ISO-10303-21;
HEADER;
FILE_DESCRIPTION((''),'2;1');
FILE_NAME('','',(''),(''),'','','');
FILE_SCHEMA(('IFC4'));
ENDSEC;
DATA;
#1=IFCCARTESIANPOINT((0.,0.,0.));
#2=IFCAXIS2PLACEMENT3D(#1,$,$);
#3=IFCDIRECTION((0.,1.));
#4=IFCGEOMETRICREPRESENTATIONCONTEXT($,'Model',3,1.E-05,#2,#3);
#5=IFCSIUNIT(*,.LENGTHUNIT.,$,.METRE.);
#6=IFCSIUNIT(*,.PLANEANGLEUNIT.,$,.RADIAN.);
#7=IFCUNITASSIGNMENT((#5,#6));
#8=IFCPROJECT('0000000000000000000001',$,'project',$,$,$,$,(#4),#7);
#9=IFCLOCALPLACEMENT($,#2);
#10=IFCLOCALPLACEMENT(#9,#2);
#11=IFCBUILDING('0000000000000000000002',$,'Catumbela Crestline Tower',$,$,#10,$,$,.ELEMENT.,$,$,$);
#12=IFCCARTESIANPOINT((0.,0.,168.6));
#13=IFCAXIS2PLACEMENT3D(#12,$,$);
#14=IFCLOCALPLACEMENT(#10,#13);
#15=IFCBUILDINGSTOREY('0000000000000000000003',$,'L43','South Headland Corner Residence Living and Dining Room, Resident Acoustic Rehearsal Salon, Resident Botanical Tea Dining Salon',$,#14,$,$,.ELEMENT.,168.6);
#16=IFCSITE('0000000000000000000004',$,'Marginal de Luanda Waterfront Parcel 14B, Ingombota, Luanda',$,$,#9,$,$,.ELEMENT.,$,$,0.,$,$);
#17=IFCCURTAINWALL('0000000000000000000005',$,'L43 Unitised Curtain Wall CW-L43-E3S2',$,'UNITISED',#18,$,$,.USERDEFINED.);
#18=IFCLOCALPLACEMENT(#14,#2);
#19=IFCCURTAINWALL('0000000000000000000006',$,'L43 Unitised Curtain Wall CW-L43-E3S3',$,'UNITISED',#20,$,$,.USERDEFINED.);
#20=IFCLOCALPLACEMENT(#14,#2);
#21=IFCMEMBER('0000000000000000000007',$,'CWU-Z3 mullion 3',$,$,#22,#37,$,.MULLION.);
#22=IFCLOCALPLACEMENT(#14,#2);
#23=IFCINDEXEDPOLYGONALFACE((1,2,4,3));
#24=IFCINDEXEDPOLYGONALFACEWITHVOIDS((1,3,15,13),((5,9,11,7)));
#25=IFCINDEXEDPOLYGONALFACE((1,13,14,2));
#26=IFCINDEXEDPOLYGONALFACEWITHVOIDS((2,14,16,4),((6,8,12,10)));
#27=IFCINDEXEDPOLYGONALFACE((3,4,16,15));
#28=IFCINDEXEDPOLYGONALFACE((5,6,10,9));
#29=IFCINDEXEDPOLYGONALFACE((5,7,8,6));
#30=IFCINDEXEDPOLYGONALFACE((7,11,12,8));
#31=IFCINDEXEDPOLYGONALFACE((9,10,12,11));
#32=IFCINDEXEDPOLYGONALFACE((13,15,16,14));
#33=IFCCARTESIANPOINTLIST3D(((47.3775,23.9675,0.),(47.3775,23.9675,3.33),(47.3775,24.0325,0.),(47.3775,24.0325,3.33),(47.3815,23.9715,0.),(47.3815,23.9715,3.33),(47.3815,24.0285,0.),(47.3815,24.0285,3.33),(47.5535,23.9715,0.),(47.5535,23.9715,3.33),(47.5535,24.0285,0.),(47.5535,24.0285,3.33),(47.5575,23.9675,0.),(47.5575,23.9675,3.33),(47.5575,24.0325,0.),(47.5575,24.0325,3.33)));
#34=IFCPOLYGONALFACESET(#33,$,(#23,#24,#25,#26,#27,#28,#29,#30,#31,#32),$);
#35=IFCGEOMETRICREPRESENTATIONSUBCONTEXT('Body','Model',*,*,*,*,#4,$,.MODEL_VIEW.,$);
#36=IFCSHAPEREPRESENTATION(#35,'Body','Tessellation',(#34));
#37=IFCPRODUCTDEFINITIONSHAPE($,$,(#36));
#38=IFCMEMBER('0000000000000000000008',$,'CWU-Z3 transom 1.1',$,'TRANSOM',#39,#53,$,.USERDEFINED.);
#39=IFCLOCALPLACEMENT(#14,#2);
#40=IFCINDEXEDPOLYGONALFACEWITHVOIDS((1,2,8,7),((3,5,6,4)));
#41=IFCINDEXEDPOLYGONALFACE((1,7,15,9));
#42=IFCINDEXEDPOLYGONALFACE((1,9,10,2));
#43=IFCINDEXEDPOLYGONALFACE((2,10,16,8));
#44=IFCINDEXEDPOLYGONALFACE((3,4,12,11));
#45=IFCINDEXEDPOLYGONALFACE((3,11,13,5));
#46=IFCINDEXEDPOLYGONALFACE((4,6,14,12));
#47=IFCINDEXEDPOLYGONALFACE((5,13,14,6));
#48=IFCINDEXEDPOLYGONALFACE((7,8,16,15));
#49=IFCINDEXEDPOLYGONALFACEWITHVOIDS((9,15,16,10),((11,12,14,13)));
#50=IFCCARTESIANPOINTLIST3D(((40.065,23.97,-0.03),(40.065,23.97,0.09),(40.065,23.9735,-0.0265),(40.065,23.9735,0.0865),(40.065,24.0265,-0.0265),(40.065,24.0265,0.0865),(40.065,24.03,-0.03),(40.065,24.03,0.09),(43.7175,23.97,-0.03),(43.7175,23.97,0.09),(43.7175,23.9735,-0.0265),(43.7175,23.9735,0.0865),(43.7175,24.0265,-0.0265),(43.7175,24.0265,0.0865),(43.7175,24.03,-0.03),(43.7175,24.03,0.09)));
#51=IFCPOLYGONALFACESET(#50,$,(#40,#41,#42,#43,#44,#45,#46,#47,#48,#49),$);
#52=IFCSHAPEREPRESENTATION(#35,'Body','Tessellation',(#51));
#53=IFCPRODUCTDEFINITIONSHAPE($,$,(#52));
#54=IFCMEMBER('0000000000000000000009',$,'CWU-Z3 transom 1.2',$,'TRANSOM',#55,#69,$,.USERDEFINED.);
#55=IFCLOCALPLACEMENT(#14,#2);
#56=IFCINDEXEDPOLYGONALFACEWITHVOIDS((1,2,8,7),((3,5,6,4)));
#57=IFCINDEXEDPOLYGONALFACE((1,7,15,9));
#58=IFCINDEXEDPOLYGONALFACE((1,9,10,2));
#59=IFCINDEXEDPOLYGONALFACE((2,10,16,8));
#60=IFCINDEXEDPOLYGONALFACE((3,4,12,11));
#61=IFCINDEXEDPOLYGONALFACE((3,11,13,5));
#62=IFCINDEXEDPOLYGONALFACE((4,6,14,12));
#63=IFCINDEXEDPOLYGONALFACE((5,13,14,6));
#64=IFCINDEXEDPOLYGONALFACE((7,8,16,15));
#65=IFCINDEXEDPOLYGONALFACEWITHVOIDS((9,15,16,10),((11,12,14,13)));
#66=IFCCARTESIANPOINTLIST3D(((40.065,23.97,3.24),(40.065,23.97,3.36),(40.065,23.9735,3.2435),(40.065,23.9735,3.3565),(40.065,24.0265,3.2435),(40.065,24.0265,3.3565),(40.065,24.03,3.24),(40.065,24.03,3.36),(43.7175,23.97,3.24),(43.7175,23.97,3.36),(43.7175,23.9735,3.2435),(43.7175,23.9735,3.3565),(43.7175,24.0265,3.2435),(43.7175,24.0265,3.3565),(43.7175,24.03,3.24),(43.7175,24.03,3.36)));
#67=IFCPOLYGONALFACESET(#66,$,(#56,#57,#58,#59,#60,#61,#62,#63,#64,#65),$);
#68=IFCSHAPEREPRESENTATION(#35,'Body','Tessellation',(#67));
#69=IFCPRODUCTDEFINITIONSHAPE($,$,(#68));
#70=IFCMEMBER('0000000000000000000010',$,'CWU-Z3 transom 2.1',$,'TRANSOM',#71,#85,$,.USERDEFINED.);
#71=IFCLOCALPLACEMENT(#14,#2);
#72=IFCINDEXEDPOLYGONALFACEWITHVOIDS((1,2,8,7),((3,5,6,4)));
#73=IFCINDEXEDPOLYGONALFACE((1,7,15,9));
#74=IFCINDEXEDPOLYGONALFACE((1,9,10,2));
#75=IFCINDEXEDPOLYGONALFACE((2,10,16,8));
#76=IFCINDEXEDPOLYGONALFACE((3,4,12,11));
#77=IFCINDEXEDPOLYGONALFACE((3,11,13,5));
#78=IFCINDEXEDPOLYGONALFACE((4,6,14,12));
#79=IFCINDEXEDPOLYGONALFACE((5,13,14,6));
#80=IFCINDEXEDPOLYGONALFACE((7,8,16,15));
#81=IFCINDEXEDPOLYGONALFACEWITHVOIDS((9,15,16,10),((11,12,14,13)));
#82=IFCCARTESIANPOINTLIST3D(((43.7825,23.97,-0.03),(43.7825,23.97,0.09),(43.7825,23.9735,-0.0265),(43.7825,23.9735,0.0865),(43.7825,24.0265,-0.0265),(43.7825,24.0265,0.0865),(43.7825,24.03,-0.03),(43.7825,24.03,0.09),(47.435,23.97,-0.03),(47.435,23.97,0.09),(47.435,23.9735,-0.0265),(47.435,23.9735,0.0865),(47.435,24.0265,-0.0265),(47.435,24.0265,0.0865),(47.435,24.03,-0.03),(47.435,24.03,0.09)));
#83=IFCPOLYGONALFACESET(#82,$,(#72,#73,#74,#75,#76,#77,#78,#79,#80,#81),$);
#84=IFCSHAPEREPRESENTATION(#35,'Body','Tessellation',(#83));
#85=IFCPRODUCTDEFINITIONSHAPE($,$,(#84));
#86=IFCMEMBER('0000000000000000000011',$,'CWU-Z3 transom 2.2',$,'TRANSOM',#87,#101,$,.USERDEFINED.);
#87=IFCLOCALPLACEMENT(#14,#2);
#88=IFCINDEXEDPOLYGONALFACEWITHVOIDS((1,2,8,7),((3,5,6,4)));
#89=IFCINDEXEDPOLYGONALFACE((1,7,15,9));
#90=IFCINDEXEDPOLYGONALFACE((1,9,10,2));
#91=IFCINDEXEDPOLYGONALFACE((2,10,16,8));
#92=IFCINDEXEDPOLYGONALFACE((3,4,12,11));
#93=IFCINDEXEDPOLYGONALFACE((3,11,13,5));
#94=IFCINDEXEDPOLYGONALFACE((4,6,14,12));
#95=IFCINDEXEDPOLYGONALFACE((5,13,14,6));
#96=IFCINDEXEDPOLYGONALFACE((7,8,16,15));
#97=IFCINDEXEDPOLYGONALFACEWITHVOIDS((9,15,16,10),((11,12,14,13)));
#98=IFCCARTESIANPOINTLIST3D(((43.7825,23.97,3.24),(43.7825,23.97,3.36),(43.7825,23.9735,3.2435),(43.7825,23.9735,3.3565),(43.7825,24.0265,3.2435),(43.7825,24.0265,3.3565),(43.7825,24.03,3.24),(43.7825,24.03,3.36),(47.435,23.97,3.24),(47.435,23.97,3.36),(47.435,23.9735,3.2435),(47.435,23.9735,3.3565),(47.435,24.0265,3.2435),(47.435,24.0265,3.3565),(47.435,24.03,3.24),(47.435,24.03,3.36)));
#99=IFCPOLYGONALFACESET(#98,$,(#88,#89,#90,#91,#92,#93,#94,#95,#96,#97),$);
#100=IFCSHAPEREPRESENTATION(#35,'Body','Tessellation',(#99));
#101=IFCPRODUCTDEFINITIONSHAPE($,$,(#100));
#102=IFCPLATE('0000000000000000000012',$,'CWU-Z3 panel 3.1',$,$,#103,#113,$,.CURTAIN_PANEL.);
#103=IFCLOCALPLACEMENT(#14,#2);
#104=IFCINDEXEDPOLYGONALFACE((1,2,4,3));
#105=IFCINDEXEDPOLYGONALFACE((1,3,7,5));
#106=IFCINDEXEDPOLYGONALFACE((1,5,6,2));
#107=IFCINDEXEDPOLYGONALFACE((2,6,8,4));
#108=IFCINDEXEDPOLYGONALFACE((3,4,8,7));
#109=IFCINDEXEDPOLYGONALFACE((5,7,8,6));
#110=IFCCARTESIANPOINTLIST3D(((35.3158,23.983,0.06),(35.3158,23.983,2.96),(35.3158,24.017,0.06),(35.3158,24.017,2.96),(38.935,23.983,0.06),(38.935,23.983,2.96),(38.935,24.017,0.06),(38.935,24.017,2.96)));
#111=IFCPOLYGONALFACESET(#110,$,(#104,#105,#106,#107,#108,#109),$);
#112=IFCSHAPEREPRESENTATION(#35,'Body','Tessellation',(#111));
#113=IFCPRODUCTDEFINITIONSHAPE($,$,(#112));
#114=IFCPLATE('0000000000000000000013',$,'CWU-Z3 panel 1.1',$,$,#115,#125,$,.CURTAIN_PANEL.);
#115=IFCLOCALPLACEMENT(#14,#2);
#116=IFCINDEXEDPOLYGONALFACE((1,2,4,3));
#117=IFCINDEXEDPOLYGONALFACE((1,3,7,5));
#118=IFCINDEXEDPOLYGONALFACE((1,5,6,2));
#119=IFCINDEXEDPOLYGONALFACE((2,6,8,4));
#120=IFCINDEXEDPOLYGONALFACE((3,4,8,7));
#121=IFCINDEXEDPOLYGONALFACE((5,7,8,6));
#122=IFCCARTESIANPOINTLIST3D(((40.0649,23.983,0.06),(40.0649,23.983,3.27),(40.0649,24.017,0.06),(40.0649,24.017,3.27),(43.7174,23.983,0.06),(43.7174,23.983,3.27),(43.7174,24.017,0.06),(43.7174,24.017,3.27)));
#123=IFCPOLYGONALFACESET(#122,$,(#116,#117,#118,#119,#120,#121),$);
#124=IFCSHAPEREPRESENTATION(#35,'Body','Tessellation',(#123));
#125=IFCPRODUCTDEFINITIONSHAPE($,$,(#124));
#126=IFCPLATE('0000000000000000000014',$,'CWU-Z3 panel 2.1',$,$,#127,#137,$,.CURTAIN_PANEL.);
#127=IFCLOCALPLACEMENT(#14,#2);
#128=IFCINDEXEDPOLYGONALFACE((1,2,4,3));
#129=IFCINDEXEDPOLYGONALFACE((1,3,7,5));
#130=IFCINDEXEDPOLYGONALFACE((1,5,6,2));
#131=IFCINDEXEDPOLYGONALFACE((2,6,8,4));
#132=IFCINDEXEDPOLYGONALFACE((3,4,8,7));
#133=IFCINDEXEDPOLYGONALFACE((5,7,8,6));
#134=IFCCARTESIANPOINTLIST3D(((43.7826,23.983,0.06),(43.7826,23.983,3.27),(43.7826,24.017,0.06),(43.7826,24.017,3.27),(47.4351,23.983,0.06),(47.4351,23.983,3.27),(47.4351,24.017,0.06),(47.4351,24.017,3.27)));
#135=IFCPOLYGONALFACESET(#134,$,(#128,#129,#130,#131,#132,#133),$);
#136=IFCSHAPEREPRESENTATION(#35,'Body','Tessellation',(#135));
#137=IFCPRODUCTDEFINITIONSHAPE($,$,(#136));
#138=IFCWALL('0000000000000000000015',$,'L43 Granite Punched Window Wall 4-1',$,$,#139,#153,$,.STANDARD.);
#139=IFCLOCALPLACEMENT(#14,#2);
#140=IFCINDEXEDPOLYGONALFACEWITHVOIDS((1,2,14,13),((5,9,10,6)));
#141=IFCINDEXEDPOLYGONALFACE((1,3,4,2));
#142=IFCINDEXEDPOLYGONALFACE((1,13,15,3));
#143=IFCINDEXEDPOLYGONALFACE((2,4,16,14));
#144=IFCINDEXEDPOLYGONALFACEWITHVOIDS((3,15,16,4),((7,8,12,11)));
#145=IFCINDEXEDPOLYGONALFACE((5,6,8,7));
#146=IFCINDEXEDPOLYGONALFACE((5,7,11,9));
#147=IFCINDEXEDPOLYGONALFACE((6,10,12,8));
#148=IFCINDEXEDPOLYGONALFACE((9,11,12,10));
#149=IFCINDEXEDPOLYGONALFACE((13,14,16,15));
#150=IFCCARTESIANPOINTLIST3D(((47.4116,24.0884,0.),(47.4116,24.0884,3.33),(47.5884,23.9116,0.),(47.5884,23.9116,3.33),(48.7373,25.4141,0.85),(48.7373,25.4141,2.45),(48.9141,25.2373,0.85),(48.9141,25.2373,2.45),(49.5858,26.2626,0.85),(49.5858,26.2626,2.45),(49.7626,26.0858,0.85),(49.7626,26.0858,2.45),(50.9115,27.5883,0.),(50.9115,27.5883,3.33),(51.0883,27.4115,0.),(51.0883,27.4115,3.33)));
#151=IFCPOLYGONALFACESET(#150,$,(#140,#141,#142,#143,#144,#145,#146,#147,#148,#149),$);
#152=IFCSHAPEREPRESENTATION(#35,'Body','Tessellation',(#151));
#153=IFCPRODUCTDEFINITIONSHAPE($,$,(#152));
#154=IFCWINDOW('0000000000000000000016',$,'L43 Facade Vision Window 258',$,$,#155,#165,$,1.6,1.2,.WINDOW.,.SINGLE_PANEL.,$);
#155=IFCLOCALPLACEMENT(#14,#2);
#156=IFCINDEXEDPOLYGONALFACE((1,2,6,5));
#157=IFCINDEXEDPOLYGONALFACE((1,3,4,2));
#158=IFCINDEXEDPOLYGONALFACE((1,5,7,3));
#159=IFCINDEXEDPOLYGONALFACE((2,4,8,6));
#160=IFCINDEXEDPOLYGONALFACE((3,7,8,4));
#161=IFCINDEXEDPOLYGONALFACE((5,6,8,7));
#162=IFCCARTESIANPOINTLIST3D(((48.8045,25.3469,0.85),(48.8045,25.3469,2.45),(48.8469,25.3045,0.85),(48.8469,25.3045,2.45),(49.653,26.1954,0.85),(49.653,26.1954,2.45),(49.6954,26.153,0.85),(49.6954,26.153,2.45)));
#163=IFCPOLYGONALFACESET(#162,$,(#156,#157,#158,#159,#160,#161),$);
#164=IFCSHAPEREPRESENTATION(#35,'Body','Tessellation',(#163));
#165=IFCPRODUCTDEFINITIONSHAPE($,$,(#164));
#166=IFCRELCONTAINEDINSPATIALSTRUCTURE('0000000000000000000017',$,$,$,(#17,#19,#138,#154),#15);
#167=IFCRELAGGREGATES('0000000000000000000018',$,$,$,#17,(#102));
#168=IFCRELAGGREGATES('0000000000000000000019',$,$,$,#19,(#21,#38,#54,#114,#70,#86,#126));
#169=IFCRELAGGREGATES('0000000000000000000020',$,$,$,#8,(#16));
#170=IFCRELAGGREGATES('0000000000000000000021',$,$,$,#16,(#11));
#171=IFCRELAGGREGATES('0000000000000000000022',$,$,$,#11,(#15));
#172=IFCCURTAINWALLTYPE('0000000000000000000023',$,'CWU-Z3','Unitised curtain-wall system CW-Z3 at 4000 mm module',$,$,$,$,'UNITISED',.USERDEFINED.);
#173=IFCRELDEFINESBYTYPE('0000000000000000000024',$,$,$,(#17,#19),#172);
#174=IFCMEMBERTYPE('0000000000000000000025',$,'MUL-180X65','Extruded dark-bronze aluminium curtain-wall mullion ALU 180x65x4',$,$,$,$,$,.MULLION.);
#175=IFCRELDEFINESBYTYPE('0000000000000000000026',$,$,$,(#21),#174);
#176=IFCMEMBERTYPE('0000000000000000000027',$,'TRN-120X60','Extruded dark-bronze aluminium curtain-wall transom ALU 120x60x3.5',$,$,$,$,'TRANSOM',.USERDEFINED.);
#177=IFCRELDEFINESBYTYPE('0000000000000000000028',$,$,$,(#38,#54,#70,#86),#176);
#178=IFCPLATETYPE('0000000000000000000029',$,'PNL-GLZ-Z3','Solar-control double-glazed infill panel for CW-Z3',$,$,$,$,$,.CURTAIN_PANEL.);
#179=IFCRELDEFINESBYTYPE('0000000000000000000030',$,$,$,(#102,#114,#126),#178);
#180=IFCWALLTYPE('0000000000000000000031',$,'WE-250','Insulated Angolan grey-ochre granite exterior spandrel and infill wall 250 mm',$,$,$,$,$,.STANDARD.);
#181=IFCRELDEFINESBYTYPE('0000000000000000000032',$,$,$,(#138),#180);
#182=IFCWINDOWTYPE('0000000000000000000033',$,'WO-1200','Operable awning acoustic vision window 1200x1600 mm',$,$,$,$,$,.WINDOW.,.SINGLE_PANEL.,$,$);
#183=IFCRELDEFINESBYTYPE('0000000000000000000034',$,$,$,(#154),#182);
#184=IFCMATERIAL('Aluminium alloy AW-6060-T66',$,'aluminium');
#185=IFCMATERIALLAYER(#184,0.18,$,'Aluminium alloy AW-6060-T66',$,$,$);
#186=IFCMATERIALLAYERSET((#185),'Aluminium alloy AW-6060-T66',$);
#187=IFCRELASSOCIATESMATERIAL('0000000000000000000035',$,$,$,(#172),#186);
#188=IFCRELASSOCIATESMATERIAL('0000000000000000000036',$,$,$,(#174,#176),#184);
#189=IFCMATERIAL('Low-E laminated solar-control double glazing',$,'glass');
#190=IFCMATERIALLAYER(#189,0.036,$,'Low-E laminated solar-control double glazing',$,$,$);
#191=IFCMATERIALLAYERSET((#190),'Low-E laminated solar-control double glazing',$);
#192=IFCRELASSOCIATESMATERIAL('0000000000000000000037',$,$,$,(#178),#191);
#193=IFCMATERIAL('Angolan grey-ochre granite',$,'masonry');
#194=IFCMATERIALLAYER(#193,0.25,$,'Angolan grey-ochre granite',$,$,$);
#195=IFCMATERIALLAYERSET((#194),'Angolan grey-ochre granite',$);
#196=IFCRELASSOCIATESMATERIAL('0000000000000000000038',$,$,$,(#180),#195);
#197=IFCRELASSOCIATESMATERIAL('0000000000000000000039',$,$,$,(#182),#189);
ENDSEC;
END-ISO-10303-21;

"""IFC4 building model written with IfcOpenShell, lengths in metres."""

from ifc_helpers import new_model, si_unit, direction, frame, frame_2d, origin, origin_2d, place, context, subcontext, project, spatial, rectangle, hollow_rectangle, extrude, material, layer, layer_set, material_profile, profile_set, type_object, element, fill, aggregate, save


model = new_model("IFC4")

# Units and contexts
model_context = context("Model", 3, precision=1e-05, world=origin(), true_north=direction((0.0, 1.0)))
body_context = subcontext(model_context, "Body", "Model", "MODEL_VIEW")
ifc_project = project(units=[si_unit("LENGTHUNIT", "METRE"), si_unit("PLANEANGLEUNIT", "RADIAN")], contexts=[model_context])

# Site, building, storey
site_placement = place(None, origin())
site = spatial("IfcSite", under=ifc_project, at=site_placement, Name="Marginal de Luanda Waterfront Parcel 14B, Ingombota, Luanda", CompositionType="ELEMENT", RefElevation=0.0)
building_placement = place(site_placement, origin())
building = spatial("IfcBuilding", under=site, at=building_placement, Name="Catumbela Crestline Tower", CompositionType="ELEMENT")
storey_placement = place(building_placement, frame((0.0, 0.0, 168.6)))
storey = spatial("IfcBuildingStorey", under=building, at=storey_placement, Name="L43", Description="South Headland Corner Residence Living and Dining Room, Resident Acoustic Rehearsal Salon, Resident Botanical Tea Dining Salon", CompositionType="ELEMENT", Elevation=168.6)

# Curtain wall
ifc_material_1 = material(Name="Aluminium alloy AW-6060-T66", Category="aluminium")
ifc_layer_1 = layer(ifc_material_1, 0.18, Name="Aluminium alloy AW-6060-T66")
ifc_layer_set_1 = layer_set([ifc_layer_1], Name="Aluminium alloy AW-6060-T66")
curtain_wall_type = type_object("IfcCurtainWallType", Name="CWU-Z3", Description="Unitised curtain-wall system CW-Z3 at 4000 mm module", ElementType="UNITISED", PredefinedType="USERDEFINED", material=ifc_layer_set_1)
curtain_wall_1_placement = place(storey_placement, origin())
curtain_wall_1 = element("IfcCurtainWall", 1, at=curtain_wall_1_placement, inside=storey, type_object=curtain_wall_type, Name="L43 Unitised Curtain Wall CW-L43-E3S2", ObjectType="UNITISED", PredefinedType="USERDEFINED")
ifc_material_profile_1 = material_profile(ifc_material_1, hollow_rectangle(XDim=0.065, YDim=0.18, WallThickness=0.004, at=origin_2d()), Name="ALU 180x65x4")
ifc_profile_set_1 = profile_set([ifc_material_profile_1], Name="Aluminium alloy AW-6060-T66")
member_type_1 = type_object("IfcMemberType", Name="MUL-180X65", Description="Extruded dark-bronze aluminium curtain-wall mullion ALU 180x65x4", PredefinedType="MULLION", material=ifc_profile_set_1)

# Curtain wall, members
curtain_wall_2_placement = place(storey_placement, origin())
curtain_wall_2 = element("IfcCurtainWall", 2, at=curtain_wall_2_placement, inside=storey, type_object=curtain_wall_type, Name="L43 Unitised Curtain Wall CW-L43-E3S3", ObjectType="UNITISED", PredefinedType="USERDEFINED")
member_1_placement = place(storey_placement, frame((47.4675, 24.0, 0.0), z_axis=(0.0, 0.0, 1.0), x_axis=(0.0, 1.0, 0.0)))
member_1 = element("IfcMember", 3, at=member_1_placement, type_object=member_type_1, Name="CWU-Z3 mullion 3", PredefinedType="MULLION", context=body_context, shape_type="SweptSolid", body=[
    extrude(hollow_rectangle(XDim=0.065, YDim=0.18, WallThickness=0.004, at=origin_2d()), origin(), (0.0, 0.0, 1.0), 3.33),
])
ifc_material_profile_2 = material_profile(ifc_material_1, hollow_rectangle(XDim=0.06, YDim=0.12, WallThickness=0.0035, at=origin_2d()), Name="ALU 120x60x3.5")
ifc_profile_set_2 = profile_set([ifc_material_profile_2], Name="Aluminium alloy AW-6060-T66")
member_type_2 = type_object("IfcMemberType", Name="TRN-120X60", Description="Extruded dark-bronze aluminium curtain-wall transom ALU 120x60x3.5", ElementType="TRANSOM", PredefinedType="USERDEFINED", material=ifc_profile_set_2)
member_2_placement = place(storey_placement, frame((40.065, 24.0, 0.03), z_axis=(1.0, 0.0, 0.0), x_axis=(0.0, 1.0, 0.0)))
member_2 = element("IfcMember", 4, at=member_2_placement, type_object=member_type_2, Name="CWU-Z3 transom 1.1", ObjectType="TRANSOM", PredefinedType="USERDEFINED", context=body_context, shape_type="SweptSolid", body=[
    extrude(hollow_rectangle(XDim=0.06, YDim=0.12, WallThickness=0.0035, at=origin_2d()), origin(), (0.0, 0.0, 1.0), 3.6525),
])
member_3_placement = place(storey_placement, frame((40.065, 24.0, 3.3), z_axis=(1.0, 0.0, 0.0), x_axis=(0.0, 1.0, 0.0)))
member_3 = element("IfcMember", 5, at=member_3_placement, type_object=member_type_2, Name="CWU-Z3 transom 1.2", ObjectType="TRANSOM", PredefinedType="USERDEFINED", context=body_context, shape_type="SweptSolid", body=[
    extrude(hollow_rectangle(XDim=0.06, YDim=0.12, WallThickness=0.0035, at=origin_2d()), origin(), (0.0, 0.0, 1.0), 3.6525),
])
member_4_placement = place(storey_placement, frame((43.7825, 24.0, 0.03), z_axis=(1.0, 0.0, 0.0), x_axis=(0.0, 1.0, 0.0)))
member_4 = element("IfcMember", 6, at=member_4_placement, type_object=member_type_2, Name="CWU-Z3 transom 2.1", ObjectType="TRANSOM", PredefinedType="USERDEFINED", context=body_context, shape_type="SweptSolid", body=[
    extrude(hollow_rectangle(XDim=0.06, YDim=0.12, WallThickness=0.0035, at=origin_2d()), origin(), (0.0, 0.0, 1.0), 3.6525),
])
member_5_placement = place(storey_placement, frame((43.7825, 24.0, 3.3), z_axis=(1.0, 0.0, 0.0), x_axis=(0.0, 1.0, 0.0)))
member_5 = element("IfcMember", 7, at=member_5_placement, type_object=member_type_2, Name="CWU-Z3 transom 2.2", ObjectType="TRANSOM", PredefinedType="USERDEFINED", context=body_context, shape_type="SweptSolid", body=[
    extrude(hollow_rectangle(XDim=0.06, YDim=0.12, WallThickness=0.0035, at=origin_2d()), origin(), (0.0, 0.0, 1.0), 3.6525),
])

# Plates
ifc_material_2 = material(Name="Low-E laminated solar-control double glazing", Category="glass")
ifc_layer_2 = layer(ifc_material_2, 0.036, Name="Low-E laminated solar-control double glazing")
ifc_layer_set_2 = layer_set([ifc_layer_2], Name="Low-E laminated solar-control double glazing")
plate_type = type_object("IfcPlateType", Name="PNL-GLZ-Z3", Description="Solar-control double-glazed infill panel for CW-Z3", PredefinedType="CURTAIN_PANEL", material=ifc_layer_set_2)
plate_1_placement = place(storey_placement, frame((37.1254, 24.0, 0.06), z_axis=(0.0, 0.0, 1.0), x_axis=(1.0, 0.0, 0.0)))
plate_1 = element("IfcPlate", 8, at=plate_1_placement, type_object=plate_type, Name="CWU-Z3 panel 3.1", PredefinedType="CURTAIN_PANEL", context=body_context, shape_type="SweptSolid", body=[
    extrude(rectangle(XDim=3.6192, YDim=0.034, at=origin_2d()), origin(), (0.0, 0.0, 1.0), 2.9),
])
aggregate(curtain_wall_1, [plate_1])
plate_2_placement = place(storey_placement, frame((41.8912, 24.0, 0.06), z_axis=(0.0, 0.0, 1.0), x_axis=(1.0, 0.0, 0.0)))
plate_2 = element("IfcPlate", 9, at=plate_2_placement, type_object=plate_type, Name="CWU-Z3 panel 1.1", PredefinedType="CURTAIN_PANEL", context=body_context, shape_type="SweptSolid", body=[
    extrude(rectangle(XDim=3.6525, YDim=0.034, at=origin_2d()), origin(), (0.0, 0.0, 1.0), 3.21),
])
plate_3_placement = place(storey_placement, frame((45.6088, 24.0, 0.06), z_axis=(0.0, 0.0, 1.0), x_axis=(1.0, 0.0, 0.0)))
plate_3 = element("IfcPlate", 10, at=plate_3_placement, type_object=plate_type, Name="CWU-Z3 panel 2.1", PredefinedType="CURTAIN_PANEL", context=body_context, shape_type="SweptSolid", body=[
    extrude(rectangle(XDim=3.6525, YDim=0.034, at=origin_2d()), origin(), (0.0, 0.0, 1.0), 3.21),
])
aggregate(curtain_wall_2, [member_1, member_2, member_3, plate_2, member_4, member_5, plate_3])

# Wall, opening, window
ifc_material_3 = material(Name="Angolan grey-ochre granite", Category="masonry")
ifc_layer_3 = layer(ifc_material_3, 0.25, Name="Angolan grey-ochre granite")
ifc_layer_set_3 = layer_set([ifc_layer_3], Name="Angolan grey-ochre granite")
wall_type = type_object("IfcWallType", Name="WE-250", Description="Insulated Angolan grey-ochre granite exterior spandrel and infill wall 250 mm", PredefinedType="STANDARD", material=ifc_layer_set_3)
wall_1_placement = place(storey_placement, frame((47.5, 24.0, 0.0), z_axis=(0.0, 0.0, 1.0), x_axis=(0.707107, 0.707107, 0.0)))
wall_1 = element("IfcWall", 11, at=wall_1_placement, inside=storey, type_object=wall_type, Name="L43 Granite Punched Window Wall 4-1", PredefinedType="STANDARD", context=body_context, shape_type="SweptSolid", body=[
    extrude(rectangle(XDim=4.9497, YDim=0.25, at=frame_2d((2.4748, 0.0))), origin(), (0.0, 0.0, 1.0), 3.33),
])
opening_1_placement = place(wall_1_placement, frame((1.8748, 0.0, 0.85)))
opening_1 = element("IfcOpeningElement", 12, at=opening_1_placement, cuts=wall_1, PredefinedType="OPENING", context=body_context, shape_type="SweptSolid", body=[
    extrude(rectangle(XDim=1.2, YDim=1.6, at=frame_2d((0.6, 0.8))), frame((0.0, 0.135, 0.0), z_axis=(0.0, -1.0, 0.0), x_axis=(1.0, 0.0, 0.0)), (0.0, 0.0, 1.0), 0.27),
])
window_type_1 = type_object("IfcWindowType", Name="WO-1200", Description="Operable awning acoustic vision window 1200x1600 mm", PartitioningType="SINGLE_PANEL", PredefinedType="WINDOW", material=ifc_material_2)
window_1_placement = place(opening_1_placement, origin())
window_1 = element("IfcWindow", 13, at=window_1_placement, inside=storey, type_object=window_type_1, Name="L43 Facade Vision Window 258", OverallHeight=1.6, OverallWidth=1.2, PartitioningType="SINGLE_PANEL", PredefinedType="WINDOW", context=body_context, shape_type="SweptSolid", body=[
    extrude(rectangle(XDim=1.2, YDim=1.6, at=frame_2d((0.6, 0.8))), frame((0.0, 0.03, 0.0), z_axis=(0.0, -1.0, 0.0), x_axis=(1.0, 0.0, 0.0)), (0.0, 0.0, 1.0), 0.06),
])
fill(opening_1, window_1)

save(model, "model.ifc")
